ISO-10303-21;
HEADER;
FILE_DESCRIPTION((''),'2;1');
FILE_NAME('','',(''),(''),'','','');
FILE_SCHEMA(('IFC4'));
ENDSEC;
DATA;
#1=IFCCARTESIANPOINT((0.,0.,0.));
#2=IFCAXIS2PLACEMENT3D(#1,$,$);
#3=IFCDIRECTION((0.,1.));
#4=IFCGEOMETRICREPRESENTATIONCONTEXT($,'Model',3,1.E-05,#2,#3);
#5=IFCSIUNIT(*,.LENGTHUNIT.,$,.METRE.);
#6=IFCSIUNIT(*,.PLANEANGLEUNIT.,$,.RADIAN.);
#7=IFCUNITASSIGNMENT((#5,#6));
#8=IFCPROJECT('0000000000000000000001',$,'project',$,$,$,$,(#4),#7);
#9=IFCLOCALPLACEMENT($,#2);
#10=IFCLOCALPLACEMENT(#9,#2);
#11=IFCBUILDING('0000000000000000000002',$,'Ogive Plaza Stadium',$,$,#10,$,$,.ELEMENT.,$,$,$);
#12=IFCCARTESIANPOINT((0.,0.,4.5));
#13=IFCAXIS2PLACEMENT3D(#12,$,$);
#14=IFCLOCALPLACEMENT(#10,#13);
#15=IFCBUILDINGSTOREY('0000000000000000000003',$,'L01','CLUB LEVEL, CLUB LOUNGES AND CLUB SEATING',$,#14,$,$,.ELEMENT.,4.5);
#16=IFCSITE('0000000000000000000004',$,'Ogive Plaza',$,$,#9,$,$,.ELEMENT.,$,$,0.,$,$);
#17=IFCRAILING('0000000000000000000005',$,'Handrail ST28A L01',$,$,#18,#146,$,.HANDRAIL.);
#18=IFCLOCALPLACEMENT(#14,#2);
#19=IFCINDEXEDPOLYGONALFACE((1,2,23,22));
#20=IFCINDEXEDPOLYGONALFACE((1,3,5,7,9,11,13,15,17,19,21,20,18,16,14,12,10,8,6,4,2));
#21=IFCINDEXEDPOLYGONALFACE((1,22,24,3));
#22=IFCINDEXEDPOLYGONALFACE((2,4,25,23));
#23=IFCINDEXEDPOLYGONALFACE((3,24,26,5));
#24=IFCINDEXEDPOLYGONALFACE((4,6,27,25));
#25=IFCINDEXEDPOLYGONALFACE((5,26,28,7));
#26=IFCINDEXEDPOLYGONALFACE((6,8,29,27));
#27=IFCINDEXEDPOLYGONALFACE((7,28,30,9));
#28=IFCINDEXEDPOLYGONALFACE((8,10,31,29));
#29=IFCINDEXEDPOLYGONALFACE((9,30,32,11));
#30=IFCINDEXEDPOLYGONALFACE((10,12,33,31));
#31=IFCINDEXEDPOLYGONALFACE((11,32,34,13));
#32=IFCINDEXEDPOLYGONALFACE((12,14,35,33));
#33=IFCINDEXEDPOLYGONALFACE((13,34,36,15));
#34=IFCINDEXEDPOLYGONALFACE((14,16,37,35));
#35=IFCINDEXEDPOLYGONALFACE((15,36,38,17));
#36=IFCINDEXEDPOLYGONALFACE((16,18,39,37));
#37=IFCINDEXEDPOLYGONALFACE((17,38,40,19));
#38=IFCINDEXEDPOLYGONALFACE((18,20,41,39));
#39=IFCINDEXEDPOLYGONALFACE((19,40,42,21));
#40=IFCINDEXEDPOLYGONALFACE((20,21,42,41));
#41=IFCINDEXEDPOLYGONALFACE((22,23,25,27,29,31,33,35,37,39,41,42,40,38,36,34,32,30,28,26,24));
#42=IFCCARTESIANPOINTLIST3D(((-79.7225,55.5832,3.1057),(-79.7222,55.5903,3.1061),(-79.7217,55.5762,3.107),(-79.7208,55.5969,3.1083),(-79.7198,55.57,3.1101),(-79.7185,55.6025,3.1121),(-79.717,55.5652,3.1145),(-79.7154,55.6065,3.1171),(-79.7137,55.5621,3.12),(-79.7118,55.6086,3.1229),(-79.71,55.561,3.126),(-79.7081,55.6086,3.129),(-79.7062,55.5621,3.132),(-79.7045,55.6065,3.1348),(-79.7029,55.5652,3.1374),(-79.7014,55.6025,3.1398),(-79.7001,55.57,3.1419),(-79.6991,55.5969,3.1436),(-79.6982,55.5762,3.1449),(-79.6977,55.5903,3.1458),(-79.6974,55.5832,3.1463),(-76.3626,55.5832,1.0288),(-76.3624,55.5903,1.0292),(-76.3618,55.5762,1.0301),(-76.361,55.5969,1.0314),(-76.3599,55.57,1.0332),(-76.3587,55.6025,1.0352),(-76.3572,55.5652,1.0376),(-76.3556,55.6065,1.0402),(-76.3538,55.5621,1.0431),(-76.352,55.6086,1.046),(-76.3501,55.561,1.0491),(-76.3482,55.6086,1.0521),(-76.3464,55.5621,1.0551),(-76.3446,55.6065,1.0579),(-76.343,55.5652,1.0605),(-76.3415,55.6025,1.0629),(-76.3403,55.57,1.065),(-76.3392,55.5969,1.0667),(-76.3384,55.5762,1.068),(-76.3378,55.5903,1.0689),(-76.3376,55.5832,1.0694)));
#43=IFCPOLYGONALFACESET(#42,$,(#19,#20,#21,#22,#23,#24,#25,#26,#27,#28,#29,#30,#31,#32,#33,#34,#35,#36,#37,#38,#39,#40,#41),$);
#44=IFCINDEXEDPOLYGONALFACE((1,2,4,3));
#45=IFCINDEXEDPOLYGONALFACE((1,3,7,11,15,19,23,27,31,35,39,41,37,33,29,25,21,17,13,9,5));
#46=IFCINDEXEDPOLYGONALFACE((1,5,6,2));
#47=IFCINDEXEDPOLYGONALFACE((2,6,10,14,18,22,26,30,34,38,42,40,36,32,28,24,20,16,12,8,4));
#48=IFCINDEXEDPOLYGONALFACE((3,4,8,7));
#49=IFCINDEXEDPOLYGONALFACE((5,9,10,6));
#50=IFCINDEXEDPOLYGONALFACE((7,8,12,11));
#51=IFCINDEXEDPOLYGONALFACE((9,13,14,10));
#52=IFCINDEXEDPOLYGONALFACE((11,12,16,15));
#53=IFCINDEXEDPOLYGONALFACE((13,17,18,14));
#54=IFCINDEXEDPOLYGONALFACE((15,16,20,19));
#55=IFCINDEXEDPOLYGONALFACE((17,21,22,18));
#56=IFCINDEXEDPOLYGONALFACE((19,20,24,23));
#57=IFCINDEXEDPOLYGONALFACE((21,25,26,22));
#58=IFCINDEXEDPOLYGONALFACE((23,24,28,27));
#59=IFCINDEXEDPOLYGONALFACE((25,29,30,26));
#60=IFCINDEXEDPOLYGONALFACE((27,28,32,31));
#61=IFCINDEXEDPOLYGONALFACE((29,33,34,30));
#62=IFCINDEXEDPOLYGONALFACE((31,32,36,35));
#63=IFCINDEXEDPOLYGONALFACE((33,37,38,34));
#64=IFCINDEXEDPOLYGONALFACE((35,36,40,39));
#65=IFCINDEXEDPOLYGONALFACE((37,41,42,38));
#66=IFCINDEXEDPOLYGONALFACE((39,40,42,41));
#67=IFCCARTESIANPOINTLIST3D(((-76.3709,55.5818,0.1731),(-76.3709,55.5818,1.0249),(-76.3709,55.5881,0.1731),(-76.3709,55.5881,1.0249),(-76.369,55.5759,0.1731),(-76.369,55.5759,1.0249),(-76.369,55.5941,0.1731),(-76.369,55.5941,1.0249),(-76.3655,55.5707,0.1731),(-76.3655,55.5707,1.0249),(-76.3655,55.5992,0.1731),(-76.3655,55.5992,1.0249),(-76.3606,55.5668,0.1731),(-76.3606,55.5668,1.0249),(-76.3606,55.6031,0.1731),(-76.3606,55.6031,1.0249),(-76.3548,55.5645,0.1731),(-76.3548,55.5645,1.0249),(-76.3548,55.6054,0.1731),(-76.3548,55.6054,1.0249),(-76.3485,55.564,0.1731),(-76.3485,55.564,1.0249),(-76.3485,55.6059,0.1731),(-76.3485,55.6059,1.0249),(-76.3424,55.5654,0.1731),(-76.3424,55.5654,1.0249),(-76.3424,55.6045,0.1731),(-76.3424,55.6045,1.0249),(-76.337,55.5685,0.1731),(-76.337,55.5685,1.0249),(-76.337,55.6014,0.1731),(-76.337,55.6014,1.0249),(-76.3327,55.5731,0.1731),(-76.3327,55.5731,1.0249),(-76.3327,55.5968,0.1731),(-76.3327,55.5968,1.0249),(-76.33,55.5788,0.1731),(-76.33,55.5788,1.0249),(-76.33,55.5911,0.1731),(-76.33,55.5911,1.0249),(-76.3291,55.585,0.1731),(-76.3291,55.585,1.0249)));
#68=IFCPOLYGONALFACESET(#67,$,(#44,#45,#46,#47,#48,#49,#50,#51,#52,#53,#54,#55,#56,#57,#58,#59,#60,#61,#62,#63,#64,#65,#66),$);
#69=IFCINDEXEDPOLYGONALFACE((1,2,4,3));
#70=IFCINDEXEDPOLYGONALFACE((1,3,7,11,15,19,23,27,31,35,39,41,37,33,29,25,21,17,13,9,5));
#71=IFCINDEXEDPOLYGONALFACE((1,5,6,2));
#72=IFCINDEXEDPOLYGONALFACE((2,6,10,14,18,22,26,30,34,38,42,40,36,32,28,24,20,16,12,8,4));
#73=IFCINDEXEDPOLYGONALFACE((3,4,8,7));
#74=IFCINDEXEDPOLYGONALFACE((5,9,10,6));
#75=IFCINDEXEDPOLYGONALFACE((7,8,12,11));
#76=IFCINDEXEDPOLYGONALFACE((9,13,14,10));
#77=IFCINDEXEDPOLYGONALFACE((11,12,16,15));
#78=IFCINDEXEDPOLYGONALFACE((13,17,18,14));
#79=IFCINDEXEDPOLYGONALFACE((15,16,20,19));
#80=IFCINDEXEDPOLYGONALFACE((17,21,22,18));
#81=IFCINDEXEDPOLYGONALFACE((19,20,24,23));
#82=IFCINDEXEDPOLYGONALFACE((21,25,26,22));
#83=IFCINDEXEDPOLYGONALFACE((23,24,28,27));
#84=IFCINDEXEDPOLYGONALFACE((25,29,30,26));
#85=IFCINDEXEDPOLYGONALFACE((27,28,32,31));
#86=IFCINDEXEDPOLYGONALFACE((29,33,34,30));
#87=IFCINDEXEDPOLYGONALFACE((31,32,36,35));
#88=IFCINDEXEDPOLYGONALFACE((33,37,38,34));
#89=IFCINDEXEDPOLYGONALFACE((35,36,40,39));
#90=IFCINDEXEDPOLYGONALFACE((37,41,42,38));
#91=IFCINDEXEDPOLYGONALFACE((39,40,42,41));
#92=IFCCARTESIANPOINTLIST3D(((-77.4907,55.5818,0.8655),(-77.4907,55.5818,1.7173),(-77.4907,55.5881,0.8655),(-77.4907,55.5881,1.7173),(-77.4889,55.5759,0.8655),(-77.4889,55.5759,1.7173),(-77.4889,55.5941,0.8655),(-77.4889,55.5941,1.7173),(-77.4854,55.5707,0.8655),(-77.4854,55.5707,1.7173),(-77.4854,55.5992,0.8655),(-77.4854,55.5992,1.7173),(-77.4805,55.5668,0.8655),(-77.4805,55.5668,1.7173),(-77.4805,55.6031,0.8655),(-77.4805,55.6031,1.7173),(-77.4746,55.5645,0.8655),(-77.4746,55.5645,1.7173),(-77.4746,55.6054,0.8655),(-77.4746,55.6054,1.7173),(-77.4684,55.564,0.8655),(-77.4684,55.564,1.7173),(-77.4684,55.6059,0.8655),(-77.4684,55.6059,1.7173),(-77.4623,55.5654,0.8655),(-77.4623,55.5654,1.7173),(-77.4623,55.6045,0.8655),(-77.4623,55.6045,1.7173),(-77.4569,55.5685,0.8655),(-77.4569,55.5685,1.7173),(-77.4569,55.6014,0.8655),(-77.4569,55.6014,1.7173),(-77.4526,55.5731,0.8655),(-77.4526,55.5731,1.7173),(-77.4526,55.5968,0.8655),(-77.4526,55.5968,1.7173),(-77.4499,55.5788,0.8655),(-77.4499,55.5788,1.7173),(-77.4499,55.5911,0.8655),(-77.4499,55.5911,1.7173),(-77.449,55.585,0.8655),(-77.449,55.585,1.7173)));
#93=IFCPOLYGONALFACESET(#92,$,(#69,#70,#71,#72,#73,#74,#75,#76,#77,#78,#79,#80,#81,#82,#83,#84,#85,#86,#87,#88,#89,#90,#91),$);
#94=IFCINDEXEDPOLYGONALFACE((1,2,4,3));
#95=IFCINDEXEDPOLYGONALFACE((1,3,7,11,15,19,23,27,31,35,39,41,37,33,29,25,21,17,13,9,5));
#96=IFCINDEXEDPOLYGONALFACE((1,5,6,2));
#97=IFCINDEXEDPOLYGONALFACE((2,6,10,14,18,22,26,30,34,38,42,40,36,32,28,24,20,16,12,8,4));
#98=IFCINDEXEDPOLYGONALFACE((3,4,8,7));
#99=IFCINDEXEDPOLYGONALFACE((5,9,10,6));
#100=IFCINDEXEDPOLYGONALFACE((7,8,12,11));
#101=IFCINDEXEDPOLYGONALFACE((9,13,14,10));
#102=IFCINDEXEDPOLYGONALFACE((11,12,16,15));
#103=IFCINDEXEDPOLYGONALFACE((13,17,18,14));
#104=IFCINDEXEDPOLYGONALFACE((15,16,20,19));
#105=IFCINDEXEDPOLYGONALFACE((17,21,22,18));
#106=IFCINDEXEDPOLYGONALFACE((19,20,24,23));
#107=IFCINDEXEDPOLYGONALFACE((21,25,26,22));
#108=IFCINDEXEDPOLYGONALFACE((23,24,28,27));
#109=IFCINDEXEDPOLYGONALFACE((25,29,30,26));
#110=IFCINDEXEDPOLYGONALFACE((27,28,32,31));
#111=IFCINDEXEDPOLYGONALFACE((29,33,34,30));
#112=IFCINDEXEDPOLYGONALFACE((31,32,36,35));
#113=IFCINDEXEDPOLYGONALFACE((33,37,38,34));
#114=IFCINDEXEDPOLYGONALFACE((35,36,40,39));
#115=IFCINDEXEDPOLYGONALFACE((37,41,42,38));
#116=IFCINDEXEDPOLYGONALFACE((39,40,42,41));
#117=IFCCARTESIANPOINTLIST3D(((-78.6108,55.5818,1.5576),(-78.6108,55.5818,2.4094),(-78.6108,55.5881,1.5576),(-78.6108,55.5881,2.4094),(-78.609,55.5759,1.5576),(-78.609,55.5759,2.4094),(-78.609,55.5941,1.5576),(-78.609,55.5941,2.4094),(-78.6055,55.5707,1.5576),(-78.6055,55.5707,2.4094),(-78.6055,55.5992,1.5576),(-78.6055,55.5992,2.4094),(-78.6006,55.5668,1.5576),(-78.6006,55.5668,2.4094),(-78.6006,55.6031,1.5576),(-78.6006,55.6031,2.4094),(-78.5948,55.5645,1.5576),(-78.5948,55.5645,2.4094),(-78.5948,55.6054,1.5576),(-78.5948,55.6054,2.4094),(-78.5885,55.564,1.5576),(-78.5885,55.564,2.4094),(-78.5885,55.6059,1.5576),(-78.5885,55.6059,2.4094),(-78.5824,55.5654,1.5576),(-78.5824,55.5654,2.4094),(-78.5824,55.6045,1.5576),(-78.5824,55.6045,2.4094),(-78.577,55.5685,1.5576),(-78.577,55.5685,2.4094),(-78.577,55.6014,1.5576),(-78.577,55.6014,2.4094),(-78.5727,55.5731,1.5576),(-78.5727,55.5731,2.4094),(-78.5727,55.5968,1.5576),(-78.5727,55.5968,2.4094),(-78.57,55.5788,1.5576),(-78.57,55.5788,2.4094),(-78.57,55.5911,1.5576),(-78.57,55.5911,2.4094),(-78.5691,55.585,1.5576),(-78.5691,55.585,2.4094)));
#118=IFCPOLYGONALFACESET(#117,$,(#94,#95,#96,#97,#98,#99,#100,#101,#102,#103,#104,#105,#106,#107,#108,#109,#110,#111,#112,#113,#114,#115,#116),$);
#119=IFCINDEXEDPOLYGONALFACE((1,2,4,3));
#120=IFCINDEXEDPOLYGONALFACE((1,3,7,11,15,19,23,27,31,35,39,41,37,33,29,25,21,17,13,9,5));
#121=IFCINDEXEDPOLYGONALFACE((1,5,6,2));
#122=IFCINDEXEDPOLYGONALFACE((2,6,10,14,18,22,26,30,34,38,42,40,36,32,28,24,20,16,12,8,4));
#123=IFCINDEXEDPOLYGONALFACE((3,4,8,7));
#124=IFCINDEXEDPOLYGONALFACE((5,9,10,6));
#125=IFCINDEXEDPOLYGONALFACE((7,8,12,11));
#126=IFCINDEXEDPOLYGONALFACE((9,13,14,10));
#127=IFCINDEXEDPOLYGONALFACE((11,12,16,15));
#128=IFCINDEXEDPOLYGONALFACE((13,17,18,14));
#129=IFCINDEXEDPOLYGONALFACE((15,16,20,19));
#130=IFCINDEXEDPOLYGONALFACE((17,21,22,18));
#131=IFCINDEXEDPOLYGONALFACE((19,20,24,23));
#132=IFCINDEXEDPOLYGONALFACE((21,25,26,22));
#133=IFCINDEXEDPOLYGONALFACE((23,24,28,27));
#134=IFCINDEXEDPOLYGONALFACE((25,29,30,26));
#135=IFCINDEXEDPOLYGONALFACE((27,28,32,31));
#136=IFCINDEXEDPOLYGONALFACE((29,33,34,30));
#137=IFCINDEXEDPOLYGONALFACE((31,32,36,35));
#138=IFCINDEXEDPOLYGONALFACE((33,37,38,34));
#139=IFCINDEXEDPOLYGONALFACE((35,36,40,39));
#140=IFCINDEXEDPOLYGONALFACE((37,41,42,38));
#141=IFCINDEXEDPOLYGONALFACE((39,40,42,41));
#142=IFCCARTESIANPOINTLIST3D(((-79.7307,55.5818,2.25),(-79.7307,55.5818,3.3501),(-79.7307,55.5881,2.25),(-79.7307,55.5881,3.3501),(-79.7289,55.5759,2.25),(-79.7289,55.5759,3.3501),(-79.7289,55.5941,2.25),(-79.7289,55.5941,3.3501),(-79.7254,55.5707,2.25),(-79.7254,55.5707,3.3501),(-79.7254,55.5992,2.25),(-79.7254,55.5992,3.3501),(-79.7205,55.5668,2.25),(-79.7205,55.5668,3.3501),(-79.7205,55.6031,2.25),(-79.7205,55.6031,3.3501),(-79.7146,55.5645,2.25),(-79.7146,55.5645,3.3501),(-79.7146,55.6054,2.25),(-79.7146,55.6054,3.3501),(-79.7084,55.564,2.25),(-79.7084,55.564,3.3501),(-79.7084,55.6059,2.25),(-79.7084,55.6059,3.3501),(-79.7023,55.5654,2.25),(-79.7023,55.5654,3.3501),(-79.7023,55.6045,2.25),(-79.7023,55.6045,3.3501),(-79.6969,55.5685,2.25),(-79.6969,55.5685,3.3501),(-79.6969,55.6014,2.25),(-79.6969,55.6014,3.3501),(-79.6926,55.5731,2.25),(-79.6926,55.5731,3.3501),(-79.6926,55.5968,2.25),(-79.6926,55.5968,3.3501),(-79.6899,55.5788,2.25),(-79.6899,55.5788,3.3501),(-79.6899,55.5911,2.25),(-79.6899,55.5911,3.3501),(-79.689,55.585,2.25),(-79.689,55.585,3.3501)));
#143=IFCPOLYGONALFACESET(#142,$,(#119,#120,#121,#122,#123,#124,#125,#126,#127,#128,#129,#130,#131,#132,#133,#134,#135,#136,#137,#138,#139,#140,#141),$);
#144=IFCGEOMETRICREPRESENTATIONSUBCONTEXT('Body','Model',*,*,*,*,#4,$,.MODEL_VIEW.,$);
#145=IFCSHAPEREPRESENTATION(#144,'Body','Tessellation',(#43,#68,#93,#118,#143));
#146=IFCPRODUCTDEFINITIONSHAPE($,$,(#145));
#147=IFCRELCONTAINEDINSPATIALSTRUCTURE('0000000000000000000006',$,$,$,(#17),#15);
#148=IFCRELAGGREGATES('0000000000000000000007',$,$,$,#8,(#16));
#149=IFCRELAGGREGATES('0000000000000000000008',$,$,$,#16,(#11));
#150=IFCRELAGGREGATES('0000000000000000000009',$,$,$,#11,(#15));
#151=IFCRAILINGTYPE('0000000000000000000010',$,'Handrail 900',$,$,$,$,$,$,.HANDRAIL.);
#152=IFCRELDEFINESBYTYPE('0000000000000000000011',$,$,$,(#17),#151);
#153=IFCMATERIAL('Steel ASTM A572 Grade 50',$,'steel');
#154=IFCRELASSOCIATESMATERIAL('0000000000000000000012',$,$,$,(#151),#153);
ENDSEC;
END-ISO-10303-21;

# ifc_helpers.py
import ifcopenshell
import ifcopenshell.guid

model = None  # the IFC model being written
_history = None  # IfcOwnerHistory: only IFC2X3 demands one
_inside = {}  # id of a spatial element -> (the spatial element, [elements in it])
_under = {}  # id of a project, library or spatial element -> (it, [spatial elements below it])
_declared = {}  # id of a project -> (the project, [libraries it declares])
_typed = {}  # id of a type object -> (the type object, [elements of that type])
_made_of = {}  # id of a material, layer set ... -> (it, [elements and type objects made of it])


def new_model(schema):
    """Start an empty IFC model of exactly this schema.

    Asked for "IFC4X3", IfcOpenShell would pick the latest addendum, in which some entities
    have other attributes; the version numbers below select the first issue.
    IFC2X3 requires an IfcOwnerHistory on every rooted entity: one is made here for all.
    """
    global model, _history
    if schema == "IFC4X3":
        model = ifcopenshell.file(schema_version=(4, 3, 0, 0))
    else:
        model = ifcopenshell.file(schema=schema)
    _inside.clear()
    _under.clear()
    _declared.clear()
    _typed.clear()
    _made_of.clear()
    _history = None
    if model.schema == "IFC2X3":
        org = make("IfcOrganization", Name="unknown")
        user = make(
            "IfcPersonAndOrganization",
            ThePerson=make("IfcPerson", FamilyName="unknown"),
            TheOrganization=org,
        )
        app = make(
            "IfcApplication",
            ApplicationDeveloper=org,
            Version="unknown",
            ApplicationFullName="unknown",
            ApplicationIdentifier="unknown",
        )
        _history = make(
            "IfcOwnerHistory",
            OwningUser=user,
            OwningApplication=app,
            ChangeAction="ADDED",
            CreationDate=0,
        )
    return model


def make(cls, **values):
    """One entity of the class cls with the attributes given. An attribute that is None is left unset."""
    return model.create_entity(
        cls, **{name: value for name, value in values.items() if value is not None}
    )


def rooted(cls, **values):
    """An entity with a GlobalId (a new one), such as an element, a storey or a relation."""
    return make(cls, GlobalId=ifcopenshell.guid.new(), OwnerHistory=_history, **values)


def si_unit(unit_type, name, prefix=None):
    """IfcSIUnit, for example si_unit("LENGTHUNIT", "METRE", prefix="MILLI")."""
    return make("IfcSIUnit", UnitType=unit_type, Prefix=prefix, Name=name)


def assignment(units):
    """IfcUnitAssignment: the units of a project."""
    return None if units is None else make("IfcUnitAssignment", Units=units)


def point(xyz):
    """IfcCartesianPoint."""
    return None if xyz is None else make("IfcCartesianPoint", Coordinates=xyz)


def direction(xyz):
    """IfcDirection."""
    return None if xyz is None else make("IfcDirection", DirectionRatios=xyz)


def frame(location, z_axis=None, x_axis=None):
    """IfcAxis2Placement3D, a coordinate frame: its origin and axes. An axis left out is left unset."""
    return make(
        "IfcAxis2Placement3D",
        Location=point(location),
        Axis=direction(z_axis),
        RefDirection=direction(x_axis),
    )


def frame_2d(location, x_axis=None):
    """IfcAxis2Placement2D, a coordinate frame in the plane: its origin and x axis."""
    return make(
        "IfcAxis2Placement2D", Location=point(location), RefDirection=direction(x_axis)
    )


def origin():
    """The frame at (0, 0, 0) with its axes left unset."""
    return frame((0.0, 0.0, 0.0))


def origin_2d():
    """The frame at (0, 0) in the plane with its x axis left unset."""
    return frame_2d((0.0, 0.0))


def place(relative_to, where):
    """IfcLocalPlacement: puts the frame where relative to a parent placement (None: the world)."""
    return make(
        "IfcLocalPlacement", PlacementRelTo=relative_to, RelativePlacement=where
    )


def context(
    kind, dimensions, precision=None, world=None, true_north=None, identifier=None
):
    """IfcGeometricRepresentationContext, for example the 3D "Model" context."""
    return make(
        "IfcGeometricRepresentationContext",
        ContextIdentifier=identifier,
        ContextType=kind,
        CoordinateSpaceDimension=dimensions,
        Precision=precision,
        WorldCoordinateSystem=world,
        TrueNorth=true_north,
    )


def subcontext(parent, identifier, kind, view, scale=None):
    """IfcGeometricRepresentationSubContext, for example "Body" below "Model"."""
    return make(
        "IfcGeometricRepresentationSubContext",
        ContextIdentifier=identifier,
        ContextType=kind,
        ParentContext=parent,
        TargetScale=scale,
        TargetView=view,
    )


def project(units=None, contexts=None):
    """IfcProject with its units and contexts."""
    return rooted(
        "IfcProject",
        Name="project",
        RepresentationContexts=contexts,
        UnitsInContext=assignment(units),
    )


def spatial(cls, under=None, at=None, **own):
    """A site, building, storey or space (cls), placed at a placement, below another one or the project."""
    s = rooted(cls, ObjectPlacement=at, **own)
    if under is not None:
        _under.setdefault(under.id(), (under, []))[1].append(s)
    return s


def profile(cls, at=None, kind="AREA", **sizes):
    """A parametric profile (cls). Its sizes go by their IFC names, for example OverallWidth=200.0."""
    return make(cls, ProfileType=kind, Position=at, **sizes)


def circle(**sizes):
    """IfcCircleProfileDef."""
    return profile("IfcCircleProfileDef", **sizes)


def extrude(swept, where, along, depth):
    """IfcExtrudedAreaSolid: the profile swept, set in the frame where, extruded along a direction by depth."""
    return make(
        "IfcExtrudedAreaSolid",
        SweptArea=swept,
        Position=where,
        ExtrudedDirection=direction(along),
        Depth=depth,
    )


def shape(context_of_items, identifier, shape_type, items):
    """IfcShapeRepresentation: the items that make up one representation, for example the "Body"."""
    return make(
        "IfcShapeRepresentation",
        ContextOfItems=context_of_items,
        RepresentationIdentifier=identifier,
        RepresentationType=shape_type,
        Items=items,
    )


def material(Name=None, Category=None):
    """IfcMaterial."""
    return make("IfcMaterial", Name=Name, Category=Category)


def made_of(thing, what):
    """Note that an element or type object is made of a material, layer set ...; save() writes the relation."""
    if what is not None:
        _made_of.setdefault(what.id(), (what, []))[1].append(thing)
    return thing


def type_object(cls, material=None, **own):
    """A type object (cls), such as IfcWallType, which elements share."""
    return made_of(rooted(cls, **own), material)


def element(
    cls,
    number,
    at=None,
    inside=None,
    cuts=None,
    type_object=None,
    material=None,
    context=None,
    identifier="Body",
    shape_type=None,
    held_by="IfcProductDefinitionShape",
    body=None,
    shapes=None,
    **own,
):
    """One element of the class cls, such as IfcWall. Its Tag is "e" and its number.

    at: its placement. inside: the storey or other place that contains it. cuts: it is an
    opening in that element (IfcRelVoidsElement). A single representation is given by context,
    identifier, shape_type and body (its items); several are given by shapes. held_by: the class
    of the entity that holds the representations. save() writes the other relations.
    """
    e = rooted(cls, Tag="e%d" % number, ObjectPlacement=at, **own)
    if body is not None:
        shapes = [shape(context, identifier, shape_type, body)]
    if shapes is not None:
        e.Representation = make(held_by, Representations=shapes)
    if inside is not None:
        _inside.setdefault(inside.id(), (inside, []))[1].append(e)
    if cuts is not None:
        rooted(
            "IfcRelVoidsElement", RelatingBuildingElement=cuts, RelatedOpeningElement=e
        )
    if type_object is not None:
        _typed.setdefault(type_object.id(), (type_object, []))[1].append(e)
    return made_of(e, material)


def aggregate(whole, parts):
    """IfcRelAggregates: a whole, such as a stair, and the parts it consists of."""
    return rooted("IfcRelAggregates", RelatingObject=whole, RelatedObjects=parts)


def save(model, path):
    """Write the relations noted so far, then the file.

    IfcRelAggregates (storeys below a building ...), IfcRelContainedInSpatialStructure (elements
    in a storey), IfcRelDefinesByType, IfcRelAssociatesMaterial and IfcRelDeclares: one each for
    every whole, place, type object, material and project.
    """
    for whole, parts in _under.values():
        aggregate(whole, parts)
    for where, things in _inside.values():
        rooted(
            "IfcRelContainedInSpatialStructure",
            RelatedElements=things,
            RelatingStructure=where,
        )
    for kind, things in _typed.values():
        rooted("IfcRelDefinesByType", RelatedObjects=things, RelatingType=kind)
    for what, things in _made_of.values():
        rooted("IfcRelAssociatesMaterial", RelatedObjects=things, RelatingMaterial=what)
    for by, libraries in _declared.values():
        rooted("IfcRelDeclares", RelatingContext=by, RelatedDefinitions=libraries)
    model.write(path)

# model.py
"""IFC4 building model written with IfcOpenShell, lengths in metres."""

from ifc_helpers import new_model, si_unit, direction, frame, origin, origin_2d, place, context, subcontext, project, spatial, circle, extrude, material, type_object, element, save


model = new_model("IFC4")

# Units and contexts
model_context = context("Model", 3, precision=1e-05, world=origin(), true_north=direction((0.0, 1.0)))
body_context = subcontext(model_context, "Body", "Model", "MODEL_VIEW")
ifc_project = project(units=[si_unit("LENGTHUNIT", "METRE"), si_unit("PLANEANGLEUNIT", "RADIAN")], contexts=[model_context])

# Site, building, storey
site_placement = place(None, origin())
site = spatial("IfcSite", under=ifc_project, at=site_placement, Name="Ogive Plaza", CompositionType="ELEMENT", RefElevation=0.0)
building_placement = place(site_placement, origin())
building = spatial("IfcBuilding", under=site, at=building_placement, Name="Ogive Plaza Stadium", CompositionType="ELEMENT")
storey_placement = place(building_placement, frame((0.0, 0.0, 4.5)))
storey = spatial("IfcBuildingStorey", under=building, at=storey_placement, Name="L01", Description="CLUB LEVEL, CLUB LOUNGES AND CLUB SEATING", CompositionType="ELEMENT", Elevation=4.5)

# Railing
ifc_material_1 = material(Name="Steel ASTM A572 Grade 50", Category="steel")
railing_type_1 = type_object("IfcRailingType", Name="Handrail 900", PredefinedType="HANDRAIL", material=ifc_material_1)
for number, where, name in (
    (1, (-76.3501, 55.585, 0.1731), "Handrail ST28A L01"),
):
    element("IfcRailing", number, at=place(storey_placement, frame(where)), inside=storey, type_object=railing_type_1, Name=name, PredefinedType="HANDRAIL", context=body_context, shape_type="SweptSolid", body=[
        extrude(circle(Radius=0.0239, at=origin_2d()), frame((0.0, 0.0, 0.876), z_axis=(-0.850606, 0.0, 0.525803), x_axis=(0.0, -1.0, 0.0)), (0.0, 0.0, 1.0), 3.95),
        extrude(circle(Radius=0.021, at=origin_2d()), origin(), (0.0, 0.0, 1.0), 0.8518),
        extrude(circle(Radius=0.021, at=origin_2d()), frame((-1.1199, 0.0, 0.6924)), (0.0, 0.0, 1.0), 0.8518),
        extrude(circle(Radius=0.021, at=origin_2d()), frame((-2.24, 0.0, 1.3845)), (0.0, 0.0, 1.0), 0.8518),
        extrude(circle(Radius=0.021, at=origin_2d()), frame((-3.3599, 0.0, 2.0769)), (0.0, 0.0, 1.0), 1.1001),
    ])

save(model, "model.ifc")
